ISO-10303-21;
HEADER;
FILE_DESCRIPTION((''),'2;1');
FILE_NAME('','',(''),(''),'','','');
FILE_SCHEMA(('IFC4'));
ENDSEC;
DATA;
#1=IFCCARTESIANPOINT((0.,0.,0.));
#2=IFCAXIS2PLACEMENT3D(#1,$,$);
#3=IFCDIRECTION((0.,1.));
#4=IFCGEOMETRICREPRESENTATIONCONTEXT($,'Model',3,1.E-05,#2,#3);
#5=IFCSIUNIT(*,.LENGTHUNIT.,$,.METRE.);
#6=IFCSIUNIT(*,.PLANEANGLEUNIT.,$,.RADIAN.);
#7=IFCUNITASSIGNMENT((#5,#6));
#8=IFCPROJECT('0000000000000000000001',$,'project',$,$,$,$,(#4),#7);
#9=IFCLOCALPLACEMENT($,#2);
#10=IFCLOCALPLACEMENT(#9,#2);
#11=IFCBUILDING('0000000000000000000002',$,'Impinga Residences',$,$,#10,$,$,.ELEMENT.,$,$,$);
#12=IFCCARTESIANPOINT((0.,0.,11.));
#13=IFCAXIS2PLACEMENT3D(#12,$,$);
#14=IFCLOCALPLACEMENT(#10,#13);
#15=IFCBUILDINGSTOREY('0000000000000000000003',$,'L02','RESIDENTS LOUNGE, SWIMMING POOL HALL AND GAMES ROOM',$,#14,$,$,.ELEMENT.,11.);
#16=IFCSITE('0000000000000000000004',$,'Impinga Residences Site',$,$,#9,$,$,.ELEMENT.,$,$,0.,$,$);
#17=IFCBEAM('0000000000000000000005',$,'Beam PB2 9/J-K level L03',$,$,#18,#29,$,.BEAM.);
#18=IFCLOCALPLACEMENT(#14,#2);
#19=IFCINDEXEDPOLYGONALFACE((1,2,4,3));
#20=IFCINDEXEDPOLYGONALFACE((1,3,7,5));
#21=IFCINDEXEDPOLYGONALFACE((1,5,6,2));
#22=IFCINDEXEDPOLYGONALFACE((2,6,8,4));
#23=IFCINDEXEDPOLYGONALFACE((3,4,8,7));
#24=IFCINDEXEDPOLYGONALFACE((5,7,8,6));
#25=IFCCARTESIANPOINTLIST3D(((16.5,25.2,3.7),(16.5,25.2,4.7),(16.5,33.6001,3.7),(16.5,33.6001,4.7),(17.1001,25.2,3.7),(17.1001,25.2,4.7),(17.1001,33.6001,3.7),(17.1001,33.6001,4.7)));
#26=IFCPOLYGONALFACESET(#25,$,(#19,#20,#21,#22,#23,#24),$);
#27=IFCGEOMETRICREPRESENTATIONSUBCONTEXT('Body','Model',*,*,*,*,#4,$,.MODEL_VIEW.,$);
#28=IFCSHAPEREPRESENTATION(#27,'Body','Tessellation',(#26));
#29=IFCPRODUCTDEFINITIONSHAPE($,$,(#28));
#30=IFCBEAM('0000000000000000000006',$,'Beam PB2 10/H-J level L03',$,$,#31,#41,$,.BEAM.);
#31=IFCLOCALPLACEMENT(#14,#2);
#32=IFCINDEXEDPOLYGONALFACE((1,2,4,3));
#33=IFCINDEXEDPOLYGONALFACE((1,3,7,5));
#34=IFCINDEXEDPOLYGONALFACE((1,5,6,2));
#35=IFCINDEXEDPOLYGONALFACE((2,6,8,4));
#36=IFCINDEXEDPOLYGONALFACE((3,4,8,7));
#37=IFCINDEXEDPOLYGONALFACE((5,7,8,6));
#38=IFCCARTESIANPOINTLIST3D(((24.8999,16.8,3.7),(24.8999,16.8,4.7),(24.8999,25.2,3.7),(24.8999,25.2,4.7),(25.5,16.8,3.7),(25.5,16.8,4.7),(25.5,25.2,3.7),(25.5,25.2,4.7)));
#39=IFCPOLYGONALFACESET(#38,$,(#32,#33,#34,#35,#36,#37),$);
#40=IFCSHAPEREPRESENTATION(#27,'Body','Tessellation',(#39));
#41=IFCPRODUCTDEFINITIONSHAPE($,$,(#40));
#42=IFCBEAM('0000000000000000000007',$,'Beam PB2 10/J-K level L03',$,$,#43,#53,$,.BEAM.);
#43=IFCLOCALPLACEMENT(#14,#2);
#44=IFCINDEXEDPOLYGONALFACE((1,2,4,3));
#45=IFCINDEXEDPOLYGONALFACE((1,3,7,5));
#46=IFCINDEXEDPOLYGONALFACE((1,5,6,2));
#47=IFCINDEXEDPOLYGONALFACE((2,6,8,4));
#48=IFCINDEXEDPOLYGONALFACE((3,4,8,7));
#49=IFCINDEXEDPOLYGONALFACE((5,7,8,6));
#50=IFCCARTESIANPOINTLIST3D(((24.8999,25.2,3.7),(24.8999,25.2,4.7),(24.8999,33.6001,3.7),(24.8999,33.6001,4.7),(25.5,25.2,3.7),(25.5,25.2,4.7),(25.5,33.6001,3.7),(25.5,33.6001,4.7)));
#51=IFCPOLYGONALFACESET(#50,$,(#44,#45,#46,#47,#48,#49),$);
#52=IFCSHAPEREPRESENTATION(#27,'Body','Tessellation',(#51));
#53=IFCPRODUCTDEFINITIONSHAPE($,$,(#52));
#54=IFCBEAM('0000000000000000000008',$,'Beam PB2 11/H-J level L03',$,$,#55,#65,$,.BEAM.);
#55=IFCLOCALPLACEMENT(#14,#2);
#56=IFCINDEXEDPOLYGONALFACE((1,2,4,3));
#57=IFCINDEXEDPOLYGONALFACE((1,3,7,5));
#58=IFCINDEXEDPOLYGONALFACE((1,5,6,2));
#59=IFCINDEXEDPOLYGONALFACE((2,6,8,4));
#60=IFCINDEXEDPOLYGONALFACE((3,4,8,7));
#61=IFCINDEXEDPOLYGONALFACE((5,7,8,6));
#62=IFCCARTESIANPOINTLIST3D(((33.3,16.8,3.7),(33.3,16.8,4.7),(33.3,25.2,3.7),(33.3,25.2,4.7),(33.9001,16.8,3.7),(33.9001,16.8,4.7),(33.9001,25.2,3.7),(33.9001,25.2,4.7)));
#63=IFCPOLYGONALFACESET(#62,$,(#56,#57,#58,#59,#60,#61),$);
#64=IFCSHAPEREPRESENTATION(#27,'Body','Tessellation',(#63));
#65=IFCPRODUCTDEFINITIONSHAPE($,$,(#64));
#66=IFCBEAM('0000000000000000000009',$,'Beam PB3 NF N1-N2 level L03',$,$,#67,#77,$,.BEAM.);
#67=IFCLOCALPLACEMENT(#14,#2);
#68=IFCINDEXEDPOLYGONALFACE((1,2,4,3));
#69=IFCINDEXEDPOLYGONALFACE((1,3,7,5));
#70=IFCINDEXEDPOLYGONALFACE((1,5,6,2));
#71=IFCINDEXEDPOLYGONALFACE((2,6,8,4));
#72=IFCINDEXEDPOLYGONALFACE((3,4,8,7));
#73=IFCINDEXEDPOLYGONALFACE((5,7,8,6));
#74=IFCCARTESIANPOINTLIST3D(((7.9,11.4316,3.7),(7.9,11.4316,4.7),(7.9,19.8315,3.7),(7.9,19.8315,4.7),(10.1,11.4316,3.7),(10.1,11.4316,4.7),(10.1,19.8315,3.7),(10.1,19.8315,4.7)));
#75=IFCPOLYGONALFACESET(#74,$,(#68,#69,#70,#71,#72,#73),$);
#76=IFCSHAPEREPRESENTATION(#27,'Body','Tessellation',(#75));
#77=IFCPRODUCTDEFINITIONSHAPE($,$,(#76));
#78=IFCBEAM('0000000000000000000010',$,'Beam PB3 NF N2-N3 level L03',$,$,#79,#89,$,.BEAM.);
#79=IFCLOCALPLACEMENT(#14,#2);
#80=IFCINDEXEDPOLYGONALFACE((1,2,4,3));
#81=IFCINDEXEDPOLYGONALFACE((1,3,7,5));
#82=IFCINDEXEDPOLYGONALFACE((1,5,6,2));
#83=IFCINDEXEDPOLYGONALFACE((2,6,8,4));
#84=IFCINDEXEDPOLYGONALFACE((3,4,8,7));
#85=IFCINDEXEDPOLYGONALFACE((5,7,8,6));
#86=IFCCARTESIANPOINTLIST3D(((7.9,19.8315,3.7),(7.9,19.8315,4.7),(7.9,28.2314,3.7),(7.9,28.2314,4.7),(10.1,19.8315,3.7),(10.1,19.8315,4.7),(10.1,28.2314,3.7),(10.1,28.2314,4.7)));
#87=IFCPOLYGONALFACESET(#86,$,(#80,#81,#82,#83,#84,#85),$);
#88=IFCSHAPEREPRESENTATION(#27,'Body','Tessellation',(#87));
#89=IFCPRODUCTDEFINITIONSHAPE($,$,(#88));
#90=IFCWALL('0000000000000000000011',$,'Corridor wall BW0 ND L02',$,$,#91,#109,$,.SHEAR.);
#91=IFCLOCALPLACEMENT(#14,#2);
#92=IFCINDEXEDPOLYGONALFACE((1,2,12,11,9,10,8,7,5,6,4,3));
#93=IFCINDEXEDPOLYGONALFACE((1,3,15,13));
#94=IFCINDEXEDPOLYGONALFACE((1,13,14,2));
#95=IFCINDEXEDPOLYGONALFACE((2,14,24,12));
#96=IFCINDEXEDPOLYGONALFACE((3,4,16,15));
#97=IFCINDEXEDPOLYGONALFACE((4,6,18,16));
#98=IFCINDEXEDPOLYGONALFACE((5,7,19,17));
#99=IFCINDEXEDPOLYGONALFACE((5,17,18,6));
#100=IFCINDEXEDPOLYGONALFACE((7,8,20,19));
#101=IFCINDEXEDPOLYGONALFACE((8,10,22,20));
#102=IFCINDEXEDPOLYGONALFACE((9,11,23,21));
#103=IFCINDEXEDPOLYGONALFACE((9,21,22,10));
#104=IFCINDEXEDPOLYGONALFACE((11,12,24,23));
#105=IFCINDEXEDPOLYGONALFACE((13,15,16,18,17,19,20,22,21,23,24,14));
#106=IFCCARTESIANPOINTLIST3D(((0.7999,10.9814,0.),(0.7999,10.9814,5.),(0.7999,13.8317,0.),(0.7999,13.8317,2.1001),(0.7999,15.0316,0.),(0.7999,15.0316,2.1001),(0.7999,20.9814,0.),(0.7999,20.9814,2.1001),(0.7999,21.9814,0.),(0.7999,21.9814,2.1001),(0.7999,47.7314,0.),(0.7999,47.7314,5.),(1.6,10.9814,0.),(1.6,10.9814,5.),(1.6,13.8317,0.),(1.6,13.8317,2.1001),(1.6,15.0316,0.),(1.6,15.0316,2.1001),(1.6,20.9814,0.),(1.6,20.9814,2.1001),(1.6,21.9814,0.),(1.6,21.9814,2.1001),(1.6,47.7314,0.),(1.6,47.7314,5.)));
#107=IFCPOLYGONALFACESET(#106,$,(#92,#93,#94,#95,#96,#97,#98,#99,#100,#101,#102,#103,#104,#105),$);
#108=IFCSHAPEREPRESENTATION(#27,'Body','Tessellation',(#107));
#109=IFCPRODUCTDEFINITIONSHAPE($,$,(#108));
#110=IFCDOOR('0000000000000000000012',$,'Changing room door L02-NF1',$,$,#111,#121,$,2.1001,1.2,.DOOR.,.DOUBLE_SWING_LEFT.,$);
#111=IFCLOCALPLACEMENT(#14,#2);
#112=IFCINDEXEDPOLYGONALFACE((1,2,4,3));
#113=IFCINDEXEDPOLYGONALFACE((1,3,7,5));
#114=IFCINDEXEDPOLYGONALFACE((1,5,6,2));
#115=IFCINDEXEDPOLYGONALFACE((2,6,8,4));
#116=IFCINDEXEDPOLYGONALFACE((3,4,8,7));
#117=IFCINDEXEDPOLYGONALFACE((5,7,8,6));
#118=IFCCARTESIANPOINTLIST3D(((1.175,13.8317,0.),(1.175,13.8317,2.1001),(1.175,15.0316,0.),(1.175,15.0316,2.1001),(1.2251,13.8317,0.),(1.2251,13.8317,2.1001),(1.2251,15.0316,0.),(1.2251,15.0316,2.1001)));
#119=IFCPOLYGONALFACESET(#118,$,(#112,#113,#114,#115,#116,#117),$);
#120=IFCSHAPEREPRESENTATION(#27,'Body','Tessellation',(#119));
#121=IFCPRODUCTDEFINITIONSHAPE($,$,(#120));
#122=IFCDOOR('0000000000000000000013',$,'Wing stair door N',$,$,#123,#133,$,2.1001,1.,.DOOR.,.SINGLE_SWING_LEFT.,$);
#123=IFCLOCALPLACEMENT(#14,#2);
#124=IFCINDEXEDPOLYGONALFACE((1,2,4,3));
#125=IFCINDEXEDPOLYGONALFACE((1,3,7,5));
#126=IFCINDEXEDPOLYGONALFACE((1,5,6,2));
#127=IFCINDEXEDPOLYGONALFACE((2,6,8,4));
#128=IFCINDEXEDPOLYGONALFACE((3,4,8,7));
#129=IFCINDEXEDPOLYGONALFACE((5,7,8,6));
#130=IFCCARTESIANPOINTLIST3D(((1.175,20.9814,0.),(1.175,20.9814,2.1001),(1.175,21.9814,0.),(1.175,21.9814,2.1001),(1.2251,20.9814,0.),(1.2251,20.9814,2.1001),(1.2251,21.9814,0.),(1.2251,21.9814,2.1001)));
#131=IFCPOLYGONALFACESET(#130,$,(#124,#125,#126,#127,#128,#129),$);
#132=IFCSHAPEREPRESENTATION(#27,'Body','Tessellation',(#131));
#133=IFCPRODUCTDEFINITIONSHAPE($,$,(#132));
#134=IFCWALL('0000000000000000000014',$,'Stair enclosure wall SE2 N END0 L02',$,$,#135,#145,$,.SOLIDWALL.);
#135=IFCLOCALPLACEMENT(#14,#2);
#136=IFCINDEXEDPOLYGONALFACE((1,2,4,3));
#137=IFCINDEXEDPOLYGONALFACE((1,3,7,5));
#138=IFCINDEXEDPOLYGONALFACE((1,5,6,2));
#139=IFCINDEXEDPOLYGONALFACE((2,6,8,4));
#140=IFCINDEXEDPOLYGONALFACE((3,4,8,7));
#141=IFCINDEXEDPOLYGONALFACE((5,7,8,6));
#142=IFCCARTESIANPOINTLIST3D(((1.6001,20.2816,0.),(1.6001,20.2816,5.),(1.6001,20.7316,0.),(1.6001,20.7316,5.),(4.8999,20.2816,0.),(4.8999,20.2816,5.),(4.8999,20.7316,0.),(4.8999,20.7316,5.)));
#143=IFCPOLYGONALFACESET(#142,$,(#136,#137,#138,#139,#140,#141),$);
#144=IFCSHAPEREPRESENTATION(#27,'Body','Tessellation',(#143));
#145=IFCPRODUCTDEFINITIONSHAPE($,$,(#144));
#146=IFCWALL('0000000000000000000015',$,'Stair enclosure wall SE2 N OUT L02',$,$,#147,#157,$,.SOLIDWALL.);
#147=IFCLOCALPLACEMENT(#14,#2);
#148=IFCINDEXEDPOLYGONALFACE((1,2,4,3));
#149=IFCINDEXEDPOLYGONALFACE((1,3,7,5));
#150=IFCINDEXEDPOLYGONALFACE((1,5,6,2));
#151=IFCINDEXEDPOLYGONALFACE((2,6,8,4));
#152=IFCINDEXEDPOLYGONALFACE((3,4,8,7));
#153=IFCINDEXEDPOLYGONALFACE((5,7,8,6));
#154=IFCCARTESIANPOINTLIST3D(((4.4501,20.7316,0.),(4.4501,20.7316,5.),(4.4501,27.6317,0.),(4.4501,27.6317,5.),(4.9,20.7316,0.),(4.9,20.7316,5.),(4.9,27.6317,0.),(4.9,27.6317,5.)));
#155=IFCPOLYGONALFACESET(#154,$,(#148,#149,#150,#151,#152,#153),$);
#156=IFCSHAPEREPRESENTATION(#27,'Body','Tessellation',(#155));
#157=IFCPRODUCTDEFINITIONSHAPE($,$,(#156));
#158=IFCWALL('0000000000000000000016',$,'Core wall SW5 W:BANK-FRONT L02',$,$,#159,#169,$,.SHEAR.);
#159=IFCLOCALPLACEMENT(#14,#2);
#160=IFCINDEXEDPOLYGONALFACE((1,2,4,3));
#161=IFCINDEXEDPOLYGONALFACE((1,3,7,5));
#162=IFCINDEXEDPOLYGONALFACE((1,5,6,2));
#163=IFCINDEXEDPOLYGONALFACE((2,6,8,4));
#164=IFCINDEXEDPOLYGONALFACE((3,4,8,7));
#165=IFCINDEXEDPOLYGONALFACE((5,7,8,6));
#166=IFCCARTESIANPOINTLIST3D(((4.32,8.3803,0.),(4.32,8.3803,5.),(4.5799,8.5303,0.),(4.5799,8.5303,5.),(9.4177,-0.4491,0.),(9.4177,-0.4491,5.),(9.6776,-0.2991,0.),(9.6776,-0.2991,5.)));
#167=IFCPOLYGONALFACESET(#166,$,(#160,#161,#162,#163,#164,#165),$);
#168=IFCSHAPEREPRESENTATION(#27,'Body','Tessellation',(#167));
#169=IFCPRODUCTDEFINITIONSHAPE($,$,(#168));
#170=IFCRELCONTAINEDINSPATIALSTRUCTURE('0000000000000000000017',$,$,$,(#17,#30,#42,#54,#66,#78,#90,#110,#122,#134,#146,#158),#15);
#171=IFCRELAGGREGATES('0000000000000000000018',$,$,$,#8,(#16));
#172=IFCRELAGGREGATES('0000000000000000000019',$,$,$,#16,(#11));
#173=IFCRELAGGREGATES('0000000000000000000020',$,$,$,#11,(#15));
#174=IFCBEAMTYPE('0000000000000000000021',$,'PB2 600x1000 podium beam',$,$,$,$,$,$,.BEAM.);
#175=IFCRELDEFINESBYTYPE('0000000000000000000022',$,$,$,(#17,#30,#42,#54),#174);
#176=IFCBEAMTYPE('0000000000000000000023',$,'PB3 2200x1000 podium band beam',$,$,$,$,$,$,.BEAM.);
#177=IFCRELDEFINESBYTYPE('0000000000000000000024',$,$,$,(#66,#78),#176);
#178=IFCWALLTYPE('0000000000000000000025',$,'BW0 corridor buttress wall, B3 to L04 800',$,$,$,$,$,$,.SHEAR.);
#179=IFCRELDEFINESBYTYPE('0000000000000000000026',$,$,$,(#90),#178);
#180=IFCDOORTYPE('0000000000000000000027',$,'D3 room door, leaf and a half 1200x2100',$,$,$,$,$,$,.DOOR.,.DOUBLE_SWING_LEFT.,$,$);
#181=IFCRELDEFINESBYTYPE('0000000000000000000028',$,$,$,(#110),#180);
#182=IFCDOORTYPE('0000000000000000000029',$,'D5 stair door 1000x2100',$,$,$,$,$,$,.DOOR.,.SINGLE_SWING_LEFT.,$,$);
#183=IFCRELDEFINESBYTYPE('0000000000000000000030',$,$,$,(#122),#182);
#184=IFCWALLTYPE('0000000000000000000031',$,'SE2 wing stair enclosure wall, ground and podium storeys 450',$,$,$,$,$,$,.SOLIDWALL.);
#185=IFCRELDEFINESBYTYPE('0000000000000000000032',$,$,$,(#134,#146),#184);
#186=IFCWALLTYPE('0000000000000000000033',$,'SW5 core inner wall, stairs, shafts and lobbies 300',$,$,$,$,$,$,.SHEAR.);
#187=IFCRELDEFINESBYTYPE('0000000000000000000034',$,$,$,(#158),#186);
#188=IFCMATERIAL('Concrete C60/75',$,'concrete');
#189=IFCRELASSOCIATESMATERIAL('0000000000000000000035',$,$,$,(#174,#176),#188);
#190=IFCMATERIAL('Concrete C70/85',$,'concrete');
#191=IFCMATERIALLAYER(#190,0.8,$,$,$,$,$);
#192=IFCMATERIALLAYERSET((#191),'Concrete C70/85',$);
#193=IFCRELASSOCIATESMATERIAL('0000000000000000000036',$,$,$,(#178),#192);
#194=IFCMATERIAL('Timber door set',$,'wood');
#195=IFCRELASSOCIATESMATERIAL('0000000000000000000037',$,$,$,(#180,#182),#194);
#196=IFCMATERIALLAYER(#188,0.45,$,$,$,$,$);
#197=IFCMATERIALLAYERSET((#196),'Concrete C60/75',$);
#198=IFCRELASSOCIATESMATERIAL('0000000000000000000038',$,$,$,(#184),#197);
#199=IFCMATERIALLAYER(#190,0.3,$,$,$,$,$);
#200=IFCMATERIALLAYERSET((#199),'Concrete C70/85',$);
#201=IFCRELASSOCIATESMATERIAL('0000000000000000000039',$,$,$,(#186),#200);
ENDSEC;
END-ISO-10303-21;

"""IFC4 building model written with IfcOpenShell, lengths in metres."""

from ifc_helpers import new_model, si_unit, direction, frame, frame_2d, origin, origin_2d, place, context, subcontext, project, spatial, rectangle, extrude, material, layer, layer_set, material_profile, profile_set, type_object, element, fill, save


model = new_model("IFC4")

# Units and contexts
model_context = context("Model", 3, precision=1e-05, world=origin(), true_north=direction((0.0, 1.0)))
body_context = subcontext(model_context, "Body", "Model", "MODEL_VIEW")
ifc_project = project(units=[si_unit("LENGTHUNIT", "METRE"), si_unit("PLANEANGLEUNIT", "RADIAN")], contexts=[model_context])

# Site, building, storey
site_placement = place(None, origin())
site = spatial("IfcSite", under=ifc_project, at=site_placement, Name="Impinga Residences Site", CompositionType="ELEMENT", RefElevation=0.0)
building_placement = place(site_placement, origin())
building = spatial("IfcBuilding", under=site, at=building_placement, Name="Impinga Residences", CompositionType="ELEMENT")
storey_placement = place(building_placement, frame((0.0, 0.0, 11.0)))
storey = spatial("IfcBuildingStorey", under=building, at=storey_placement, Name="L02", Description="RESIDENTS LOUNGE, SWIMMING POOL HALL AND GAMES ROOM", CompositionType="ELEMENT", Elevation=11.0)

# Shared definitions
ifc_material_1 = material(Name="Concrete C70/85", Category="concrete")

# Beams
ifc_material_2 = material(Name="Concrete C60/75", Category="concrete")
ifc_material_profile_1 = material_profile(ifc_material_2, rectangle(XDim=0.6001, YDim=1.0, at=origin_2d()), Name="RC 600x1000")
ifc_profile_set_1 = profile_set([ifc_material_profile_1], Name="Concrete C60/75")
beam_type_1 = type_object("IfcBeamType", Name="PB2 600x1000 podium beam", PredefinedType="BEAM", material=ifc_profile_set_1)
beam_1_placement = place(storey_placement, frame((16.8, 25.2, 4.2), z_axis=(0.0, 1.0, 0.0), x_axis=(-1.0, 0.0, 0.0)))
element("IfcBeam", 1, at=beam_1_placement, inside=storey, type_object=beam_type_1, Name="Beam PB2 9/J-K level L03", PredefinedType="BEAM", context=body_context, shape_type="SweptSolid", body=[
    extrude(rectangle(XDim=0.6001, YDim=1.0, at=origin_2d()), origin(), (0.0, 0.0, 1.0), 8.4001),
])
beam_2_placement = place(storey_placement, frame((25.2, 16.8, 4.2), z_axis=(0.0, 1.0, 0.0), x_axis=(-1.0, 0.0, 0.0)))
element("IfcBeam", 2, at=beam_2_placement, inside=storey, type_object=beam_type_1, Name="Beam PB2 10/H-J level L03", PredefinedType="BEAM", context=body_context, shape_type="SweptSolid", body=[
    extrude(rectangle(XDim=0.6001, YDim=1.0, at=origin_2d()), origin(), (0.0, 0.0, 1.0), 8.3999),
])
beam_3_placement = place(storey_placement, frame((25.2, 25.2, 4.2), z_axis=(0.0, 1.0, 0.0), x_axis=(-1.0, 0.0, 0.0)))
element("IfcBeam", 3, at=beam_3_placement, inside=storey, type_object=beam_type_1, Name="Beam PB2 10/J-K level L03", PredefinedType="BEAM", context=body_context, shape_type="SweptSolid", body=[
    extrude(rectangle(XDim=0.6001, YDim=1.0, at=origin_2d()), origin(), (0.0, 0.0, 1.0), 8.4001),
])
beam_4_placement = place(storey_placement, frame((33.6001, 16.8, 4.2), z_axis=(0.0, 1.0, 0.0), x_axis=(-1.0, 0.0, 0.0)))
element("IfcBeam", 4, at=beam_4_placement, inside=storey, type_object=beam_type_1, Name="Beam PB2 11/H-J level L03", PredefinedType="BEAM", context=body_context, shape_type="SweptSolid", body=[
    extrude(rectangle(XDim=0.6001, YDim=1.0, at=origin_2d()), origin(), (0.0, 0.0, 1.0), 8.3999),
])
ifc_material_profile_2 = material_profile(ifc_material_2, rectangle(XDim=2.2, YDim=1.0, at=origin_2d()), Name="RC 2200x1000")
ifc_profile_set_2 = profile_set([ifc_material_profile_2], Name="Concrete C60/75")
beam_type_2 = type_object("IfcBeamType", Name="PB3 2200x1000 podium band beam", PredefinedType="BEAM", material=ifc_profile_set_2)
for number, where, z_axis, x_axis, name in (
    (5, (9.0, 11.4316, 4.2), (0.0, 1.0, 0.0), (-1.0, 0.0, 0.0), "Beam PB3 NF N1-N2 level L03"),
    (6, (9.0, 19.8315, 4.2), (0.0, 1.0, 0.0), (-1.0, 0.0, 0.0), "Beam PB3 NF N2-N3 level L03"),
):
    element("IfcBeam", number, at=place(storey_placement, frame(where, z_axis=z_axis, x_axis=x_axis)), inside=storey, type_object=beam_type_2, Name=name, PredefinedType="BEAM", context=body_context, shape_type="SweptSolid", body=[
        extrude(rectangle(XDim=2.2, YDim=1.0, at=origin_2d()), origin(), (0.0, 0.0, 1.0), 8.3999),
    ])

# Wall, openings, doors
ifc_layer_1 = layer(ifc_material_1, 0.8)
ifc_layer_set_1 = layer_set([ifc_layer_1], Name="Concrete C70/85")
wall_type_1 = type_object("IfcWallType", Name="BW0 corridor buttress wall, B3 to L04 800", PredefinedType="SHEAR", material=ifc_layer_set_1)
wall_1_placement = place(storey_placement, frame((1.2, 10.9814, 0.0), z_axis=(0.0, 0.0, 1.0), x_axis=(0.0, 1.0, 0.0)))
wall_1 = element("IfcWall", 7, at=wall_1_placement, inside=storey, type_object=wall_type_1, Name="Corridor wall BW0 ND L02", PredefinedType="SHEAR", context=body_context, shape_type="SweptSolid", body=[
    extrude(rectangle(XDim=36.75, YDim=0.8, at=frame_2d((18.375, 0.0))), origin(), (0.0, 0.0, 1.0), 5.0),
])
opening_1_placement = place(wall_1_placement, frame((10.0, 0.0, 0.0)))
opening_1 = element("IfcOpeningElement", 8, at=opening_1_placement, cuts=wall_1, PredefinedType="OPENING", context=body_context, shape_type="SweptSolid", body=[
    extrude(rectangle(XDim=1.0, YDim=2.1001, at=frame_2d((0.5, 1.05))), frame((0.0, 0.4099, 0.0), z_axis=(0.0, -1.0, 0.0), x_axis=(1.0, 0.0, 0.0)), (0.0, 0.0, 1.0), 0.8201),
])
opening_2_placement = place(wall_1_placement, frame((2.8501, 0.0, 0.0)))
opening_2 = element("IfcOpeningElement", 9, at=opening_2_placement, cuts=wall_1, PredefinedType="OPENING", context=body_context, shape_type="SweptSolid", body=[
    extrude(rectangle(XDim=1.2, YDim=2.1001, at=frame_2d((0.6001, 1.05))), frame((0.0, 0.4099, 0.0), z_axis=(0.0, -1.0, 0.0), x_axis=(1.0, 0.0, 0.0)), (0.0, 0.0, 1.0), 0.8201),
])
ifc_material_3 = material(Name="Timber door set", Category="wood")
door_type_1 = type_object("IfcDoorType", Name="D3 room door, leaf and a half 1200x2100", OperationType="DOUBLE_SWING_LEFT", PredefinedType="DOOR", material=ifc_material_3)
door_1_placement = place(opening_2_placement, origin())
door_1 = element("IfcDoor", 10, at=door_1_placement, inside=storey, type_object=door_type_1, Name="Changing room door L02-NF1", OperationType="DOUBLE_SWING_LEFT", OverallHeight=2.1001, OverallWidth=1.2, PredefinedType="DOOR", context=body_context, shape_type="SweptSolid", body=[
    extrude(rectangle(XDim=1.2, YDim=2.1001, at=frame_2d((0.6001, 1.05))), frame((0.0, 0.0249, 0.0), z_axis=(0.0, -1.0, 0.0), x_axis=(1.0, 0.0, 0.0)), (0.0, 0.0, 1.0), 0.05),
])
fill(opening_2, door_1)
door_type_2 = type_object("IfcDoorType", Name="D5 stair door 1000x2100", OperationType="SINGLE_SWING_LEFT", PredefinedType="DOOR", material=ifc_material_3)
door_2_placement = place(opening_1_placement, origin())
door_2 = element("IfcDoor", 11, at=door_2_placement, inside=storey, type_object=door_type_2, Name="Wing stair door N", OperationType="SINGLE_SWING_LEFT", OverallHeight=2.1001, OverallWidth=1.0, PredefinedType="DOOR", context=body_context, shape_type="SweptSolid", body=[
    extrude(rectangle(XDim=1.0, YDim=2.1001, at=frame_2d((0.5, 1.05))), frame((0.0, 0.0249, 0.0), z_axis=(0.0, -1.0, 0.0), x_axis=(1.0, 0.0, 0.0)), (0.0, 0.0, 1.0), 0.05),
])
fill(opening_1, door_2)

# Walls
ifc_layer_2 = layer(ifc_material_2, 0.45)
ifc_layer_set_2 = layer_set([ifc_layer_2], Name="Concrete C60/75")
wall_type_2 = type_object("IfcWallType", Name="SE2 wing stair enclosure wall, ground and podium storeys 450", PredefinedType="SOLIDWALL", material=ifc_layer_set_2)
wall_2_placement = place(storey_placement, frame((1.6001, 20.5066, 0.0), z_axis=(0.0, 0.0, 1.0), x_axis=(1.0, 0.0, 0.0)))
element("IfcWall", 12, at=wall_2_placement, inside=storey, type_object=wall_type_2, Name="Stair enclosure wall SE2 N END0 L02", PredefinedType="SOLIDWALL", context=body_context, shape_type="SweptSolid", body=[
    extrude(rectangle(XDim=3.2998, YDim=0.45, at=frame_2d((1.6499, 0.0))), origin(), (0.0, 0.0, 1.0), 5.0),
])
wall_3_placement = place(storey_placement, frame((4.675, 20.7314, 0.0), z_axis=(0.0, 0.0, 1.0), x_axis=(0.0, 1.0, 0.0)))
element("IfcWall", 13, at=wall_3_placement, inside=storey, type_object=wall_type_2, Name="Stair enclosure wall SE2 N OUT L02", PredefinedType="SOLIDWALL", context=body_context, shape_type="SweptSolid", body=[
    extrude(rectangle(XDim=6.9001, YDim=0.45, at=frame_2d((3.4502, 0.0))), origin(), (0.0, 0.0, 1.0), 5.0),
])
ifc_layer_3 = layer(ifc_material_1, 0.3)
ifc_layer_set_3 = layer_set([ifc_layer_3], Name="Concrete C70/85")
wall_type_3 = type_object("IfcWallType", Name="SW5 core inner wall, stairs, shafts and lobbies 300", PredefinedType="SHEAR", material=ifc_layer_set_3)
wall_4_placement = place(storey_placement, frame((4.45, 8.4553, 0.0), z_axis=(0.0, 0.0, 1.0), x_axis=(0.500002, -0.866024, 0.0)))
element("IfcWall", 14, at=wall_4_placement, inside=storey, type_object=wall_type_3, Name="Core wall SW5 W:BANK-FRONT L02", PredefinedType="SHEAR", context=body_context, shape_type="SweptSolid", body=[
    extrude(rectangle(XDim=10.1953, YDim=0.3, at=frame_2d((5.0977, 0.0))), origin(), (0.0, 0.0, 1.0), 5.0),
])

save(model, "model.ifc")
